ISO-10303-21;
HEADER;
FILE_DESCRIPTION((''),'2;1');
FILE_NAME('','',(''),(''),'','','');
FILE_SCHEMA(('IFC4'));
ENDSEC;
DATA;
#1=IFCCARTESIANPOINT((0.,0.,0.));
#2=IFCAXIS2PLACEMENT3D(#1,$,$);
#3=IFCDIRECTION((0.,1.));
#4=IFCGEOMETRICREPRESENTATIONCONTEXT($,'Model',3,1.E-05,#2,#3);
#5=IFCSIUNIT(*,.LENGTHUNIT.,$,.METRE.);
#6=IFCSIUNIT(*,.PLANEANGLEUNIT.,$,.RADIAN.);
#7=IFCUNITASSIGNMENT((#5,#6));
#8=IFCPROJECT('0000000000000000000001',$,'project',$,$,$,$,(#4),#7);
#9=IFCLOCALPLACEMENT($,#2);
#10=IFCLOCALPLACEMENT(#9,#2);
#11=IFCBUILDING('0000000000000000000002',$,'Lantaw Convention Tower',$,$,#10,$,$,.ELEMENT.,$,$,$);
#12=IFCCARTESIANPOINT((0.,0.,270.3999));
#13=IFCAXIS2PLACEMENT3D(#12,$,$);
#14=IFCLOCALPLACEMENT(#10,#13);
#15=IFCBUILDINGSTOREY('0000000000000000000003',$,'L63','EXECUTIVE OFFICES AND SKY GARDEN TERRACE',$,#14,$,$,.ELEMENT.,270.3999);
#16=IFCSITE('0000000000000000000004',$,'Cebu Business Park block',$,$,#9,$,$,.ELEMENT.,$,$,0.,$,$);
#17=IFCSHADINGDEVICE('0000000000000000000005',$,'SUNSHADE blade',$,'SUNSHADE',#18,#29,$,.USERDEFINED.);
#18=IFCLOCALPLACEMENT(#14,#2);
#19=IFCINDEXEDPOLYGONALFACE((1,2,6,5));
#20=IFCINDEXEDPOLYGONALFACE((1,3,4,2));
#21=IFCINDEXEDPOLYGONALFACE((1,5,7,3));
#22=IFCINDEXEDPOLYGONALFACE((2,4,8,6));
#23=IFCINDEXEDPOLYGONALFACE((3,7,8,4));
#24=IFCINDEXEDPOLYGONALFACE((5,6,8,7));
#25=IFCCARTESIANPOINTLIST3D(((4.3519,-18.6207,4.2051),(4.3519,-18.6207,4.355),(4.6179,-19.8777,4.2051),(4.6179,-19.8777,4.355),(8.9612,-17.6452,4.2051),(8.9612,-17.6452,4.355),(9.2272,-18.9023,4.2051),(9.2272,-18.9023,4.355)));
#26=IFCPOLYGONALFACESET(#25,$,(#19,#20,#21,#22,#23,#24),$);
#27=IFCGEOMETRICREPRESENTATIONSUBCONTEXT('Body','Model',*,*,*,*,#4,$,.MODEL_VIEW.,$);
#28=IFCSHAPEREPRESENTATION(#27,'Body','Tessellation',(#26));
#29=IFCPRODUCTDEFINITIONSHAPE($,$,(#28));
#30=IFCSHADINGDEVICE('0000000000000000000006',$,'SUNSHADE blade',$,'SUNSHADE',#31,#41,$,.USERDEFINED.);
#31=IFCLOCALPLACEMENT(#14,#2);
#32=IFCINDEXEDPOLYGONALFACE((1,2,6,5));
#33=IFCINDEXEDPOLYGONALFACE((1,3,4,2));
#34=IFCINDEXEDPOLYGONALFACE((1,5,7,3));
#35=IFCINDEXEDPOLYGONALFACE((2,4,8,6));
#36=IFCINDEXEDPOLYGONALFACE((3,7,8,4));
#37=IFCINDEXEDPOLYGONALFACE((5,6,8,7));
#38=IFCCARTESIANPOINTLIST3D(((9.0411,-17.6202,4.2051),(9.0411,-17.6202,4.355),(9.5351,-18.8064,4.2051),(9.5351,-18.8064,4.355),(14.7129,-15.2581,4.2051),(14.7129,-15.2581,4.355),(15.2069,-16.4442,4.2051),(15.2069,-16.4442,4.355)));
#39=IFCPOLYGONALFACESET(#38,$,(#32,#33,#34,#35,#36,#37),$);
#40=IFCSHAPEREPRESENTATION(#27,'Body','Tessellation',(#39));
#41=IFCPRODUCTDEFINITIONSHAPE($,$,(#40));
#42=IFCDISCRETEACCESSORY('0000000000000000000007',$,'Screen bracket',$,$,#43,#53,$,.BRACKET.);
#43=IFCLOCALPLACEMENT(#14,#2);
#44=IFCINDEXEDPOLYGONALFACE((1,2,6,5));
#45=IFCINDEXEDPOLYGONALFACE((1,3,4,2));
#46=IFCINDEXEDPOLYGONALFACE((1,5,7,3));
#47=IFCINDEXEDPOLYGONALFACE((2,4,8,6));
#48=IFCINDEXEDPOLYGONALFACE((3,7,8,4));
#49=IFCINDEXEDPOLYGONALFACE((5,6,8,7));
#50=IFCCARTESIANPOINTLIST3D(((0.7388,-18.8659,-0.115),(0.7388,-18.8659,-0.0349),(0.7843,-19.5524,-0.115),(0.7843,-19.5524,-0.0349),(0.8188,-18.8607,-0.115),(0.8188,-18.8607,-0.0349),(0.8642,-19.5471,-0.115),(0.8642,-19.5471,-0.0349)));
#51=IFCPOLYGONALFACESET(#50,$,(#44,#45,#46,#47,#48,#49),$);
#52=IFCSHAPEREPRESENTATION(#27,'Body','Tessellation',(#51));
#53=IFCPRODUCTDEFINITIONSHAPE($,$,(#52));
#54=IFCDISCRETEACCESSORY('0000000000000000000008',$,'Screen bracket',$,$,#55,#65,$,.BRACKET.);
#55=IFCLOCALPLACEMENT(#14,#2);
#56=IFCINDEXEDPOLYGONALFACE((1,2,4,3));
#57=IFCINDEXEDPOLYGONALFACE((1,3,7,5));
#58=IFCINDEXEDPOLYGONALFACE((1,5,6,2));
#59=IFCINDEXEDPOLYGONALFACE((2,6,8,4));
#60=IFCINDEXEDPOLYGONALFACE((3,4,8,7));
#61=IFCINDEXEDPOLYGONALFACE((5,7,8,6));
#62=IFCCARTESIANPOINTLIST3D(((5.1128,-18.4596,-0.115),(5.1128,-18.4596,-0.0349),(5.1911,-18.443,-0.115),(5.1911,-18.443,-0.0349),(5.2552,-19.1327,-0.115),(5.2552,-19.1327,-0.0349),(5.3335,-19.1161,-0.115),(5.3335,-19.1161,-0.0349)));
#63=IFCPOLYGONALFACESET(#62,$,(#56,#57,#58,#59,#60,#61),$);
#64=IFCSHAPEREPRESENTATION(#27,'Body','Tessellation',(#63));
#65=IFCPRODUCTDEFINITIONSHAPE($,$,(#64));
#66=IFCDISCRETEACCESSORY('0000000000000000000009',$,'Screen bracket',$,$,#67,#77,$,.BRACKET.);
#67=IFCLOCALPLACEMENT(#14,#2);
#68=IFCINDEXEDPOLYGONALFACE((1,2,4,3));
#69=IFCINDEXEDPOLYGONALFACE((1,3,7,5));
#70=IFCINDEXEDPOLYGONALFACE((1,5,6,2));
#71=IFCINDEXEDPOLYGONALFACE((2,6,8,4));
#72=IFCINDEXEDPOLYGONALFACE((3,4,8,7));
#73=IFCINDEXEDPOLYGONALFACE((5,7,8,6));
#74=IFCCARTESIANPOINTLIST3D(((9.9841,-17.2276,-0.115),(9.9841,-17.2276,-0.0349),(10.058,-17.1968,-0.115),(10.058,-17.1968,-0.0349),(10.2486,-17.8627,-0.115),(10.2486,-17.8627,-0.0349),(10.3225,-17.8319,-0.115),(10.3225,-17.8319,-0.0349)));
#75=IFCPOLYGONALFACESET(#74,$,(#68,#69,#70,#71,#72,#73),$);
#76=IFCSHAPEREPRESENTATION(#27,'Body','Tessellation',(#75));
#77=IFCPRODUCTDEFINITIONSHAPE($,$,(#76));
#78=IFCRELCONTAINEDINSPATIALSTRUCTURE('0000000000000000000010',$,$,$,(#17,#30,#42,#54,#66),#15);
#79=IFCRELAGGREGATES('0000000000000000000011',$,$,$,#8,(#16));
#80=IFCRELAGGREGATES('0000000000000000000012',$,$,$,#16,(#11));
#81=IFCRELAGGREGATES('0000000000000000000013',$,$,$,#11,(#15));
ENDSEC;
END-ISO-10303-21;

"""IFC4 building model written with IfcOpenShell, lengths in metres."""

from ifc_helpers import new_model, si_unit, direction, frame, origin, origin_2d, place, context, subcontext, project, spatial, rectangle, extrude, element, save


model = new_model("IFC4")

# Units and contexts
model_context = context("Model", 3, precision=1e-05, world=origin(), true_north=direction((0.0, 1.0)))
body_context = subcontext(model_context, "Body", "Model", "MODEL_VIEW")
ifc_project = project(units=[si_unit("LENGTHUNIT", "METRE"), si_unit("PLANEANGLEUNIT", "RADIAN")], contexts=[model_context])

# Site, building, storey
site_placement = place(None, origin())
site = spatial("IfcSite", under=ifc_project, at=site_placement, Name="Cebu Business Park block", CompositionType="ELEMENT", RefElevation=0.0)
building_placement = place(site_placement, origin())
building = spatial("IfcBuilding", under=site, at=building_placement, Name="Lantaw Convention Tower", CompositionType="ELEMENT")
storey_placement = place(building_placement, frame((0.0, 0.0, 270.3999)))
storey = spatial("IfcBuildingStorey", under=building, at=storey_placement, Name="L63", Description="EXECUTIVE OFFICES AND SKY GARDEN TERRACE", CompositionType="ELEMENT", Elevation=270.3999)

# Shading devices
shading_device_1_placement = place(storey_placement, frame((6.7896, -18.7615, 4.2051), z_axis=(0.0, 0.0, 1.0), x_axis=(0.978332, 0.20704, 0.0)))
element("IfcShadingDevice", 1, at=shading_device_1_placement, inside=storey, Name="SUNSHADE blade", ObjectType="SUNSHADE", PredefinedType="USERDEFINED", context=body_context, shape_type="SweptSolid", body=[
    extrude(rectangle(XDim=4.7114, YDim=1.2849, at=origin_2d()), origin(), (0.0, 0.0, 1.0), 0.1499),
])
shading_device_2_placement = place(storey_placement, frame((12.124, -17.0322, 4.2051), z_axis=(0.0, 0.0, 1.0), x_axis=(0.923142, 0.38446, 0.0)))
element("IfcShadingDevice", 2, at=shading_device_2_placement, inside=storey, Name="SUNSHADE blade", ObjectType="SUNSHADE", PredefinedType="USERDEFINED", context=body_context, shape_type="SweptSolid", body=[
    extrude(rectangle(XDim=6.144, YDim=1.2849, at=origin_2d()), origin(), (0.0, 0.0, 1.0), 0.1499),
])

# Discrete accessories
for number, where, z_axis, x_axis, name in (
    (3, (0.8015, -19.2065, -0.115), (0.0, 0.0, 1.0), (0.997818, 0.066025, 0.0), "Screen bracket"),
    (4, (5.2231, -18.7878, -0.115), (0.0, 0.0, 1.0), (0.978332, 0.20704, 0.0), "Screen bracket"),
    (5, (10.1533, -17.5298, -0.115), (0.0, 0.0, 1.0), (0.923142, 0.38446, 0.0), "Screen bracket"),
):
    element("IfcDiscreteAccessory", number, at=place(storey_placement, frame(where, z_axis=z_axis, x_axis=x_axis)), inside=storey, Name=name, PredefinedType="BRACKET", context=body_context, shape_type="SweptSolid", body=[
        extrude(rectangle(XDim=0.0801, YDim=0.688, at=origin_2d()), origin(), (0.0, 0.0, 1.0), 0.0801),
    ])

save(model, "model.ifc")
